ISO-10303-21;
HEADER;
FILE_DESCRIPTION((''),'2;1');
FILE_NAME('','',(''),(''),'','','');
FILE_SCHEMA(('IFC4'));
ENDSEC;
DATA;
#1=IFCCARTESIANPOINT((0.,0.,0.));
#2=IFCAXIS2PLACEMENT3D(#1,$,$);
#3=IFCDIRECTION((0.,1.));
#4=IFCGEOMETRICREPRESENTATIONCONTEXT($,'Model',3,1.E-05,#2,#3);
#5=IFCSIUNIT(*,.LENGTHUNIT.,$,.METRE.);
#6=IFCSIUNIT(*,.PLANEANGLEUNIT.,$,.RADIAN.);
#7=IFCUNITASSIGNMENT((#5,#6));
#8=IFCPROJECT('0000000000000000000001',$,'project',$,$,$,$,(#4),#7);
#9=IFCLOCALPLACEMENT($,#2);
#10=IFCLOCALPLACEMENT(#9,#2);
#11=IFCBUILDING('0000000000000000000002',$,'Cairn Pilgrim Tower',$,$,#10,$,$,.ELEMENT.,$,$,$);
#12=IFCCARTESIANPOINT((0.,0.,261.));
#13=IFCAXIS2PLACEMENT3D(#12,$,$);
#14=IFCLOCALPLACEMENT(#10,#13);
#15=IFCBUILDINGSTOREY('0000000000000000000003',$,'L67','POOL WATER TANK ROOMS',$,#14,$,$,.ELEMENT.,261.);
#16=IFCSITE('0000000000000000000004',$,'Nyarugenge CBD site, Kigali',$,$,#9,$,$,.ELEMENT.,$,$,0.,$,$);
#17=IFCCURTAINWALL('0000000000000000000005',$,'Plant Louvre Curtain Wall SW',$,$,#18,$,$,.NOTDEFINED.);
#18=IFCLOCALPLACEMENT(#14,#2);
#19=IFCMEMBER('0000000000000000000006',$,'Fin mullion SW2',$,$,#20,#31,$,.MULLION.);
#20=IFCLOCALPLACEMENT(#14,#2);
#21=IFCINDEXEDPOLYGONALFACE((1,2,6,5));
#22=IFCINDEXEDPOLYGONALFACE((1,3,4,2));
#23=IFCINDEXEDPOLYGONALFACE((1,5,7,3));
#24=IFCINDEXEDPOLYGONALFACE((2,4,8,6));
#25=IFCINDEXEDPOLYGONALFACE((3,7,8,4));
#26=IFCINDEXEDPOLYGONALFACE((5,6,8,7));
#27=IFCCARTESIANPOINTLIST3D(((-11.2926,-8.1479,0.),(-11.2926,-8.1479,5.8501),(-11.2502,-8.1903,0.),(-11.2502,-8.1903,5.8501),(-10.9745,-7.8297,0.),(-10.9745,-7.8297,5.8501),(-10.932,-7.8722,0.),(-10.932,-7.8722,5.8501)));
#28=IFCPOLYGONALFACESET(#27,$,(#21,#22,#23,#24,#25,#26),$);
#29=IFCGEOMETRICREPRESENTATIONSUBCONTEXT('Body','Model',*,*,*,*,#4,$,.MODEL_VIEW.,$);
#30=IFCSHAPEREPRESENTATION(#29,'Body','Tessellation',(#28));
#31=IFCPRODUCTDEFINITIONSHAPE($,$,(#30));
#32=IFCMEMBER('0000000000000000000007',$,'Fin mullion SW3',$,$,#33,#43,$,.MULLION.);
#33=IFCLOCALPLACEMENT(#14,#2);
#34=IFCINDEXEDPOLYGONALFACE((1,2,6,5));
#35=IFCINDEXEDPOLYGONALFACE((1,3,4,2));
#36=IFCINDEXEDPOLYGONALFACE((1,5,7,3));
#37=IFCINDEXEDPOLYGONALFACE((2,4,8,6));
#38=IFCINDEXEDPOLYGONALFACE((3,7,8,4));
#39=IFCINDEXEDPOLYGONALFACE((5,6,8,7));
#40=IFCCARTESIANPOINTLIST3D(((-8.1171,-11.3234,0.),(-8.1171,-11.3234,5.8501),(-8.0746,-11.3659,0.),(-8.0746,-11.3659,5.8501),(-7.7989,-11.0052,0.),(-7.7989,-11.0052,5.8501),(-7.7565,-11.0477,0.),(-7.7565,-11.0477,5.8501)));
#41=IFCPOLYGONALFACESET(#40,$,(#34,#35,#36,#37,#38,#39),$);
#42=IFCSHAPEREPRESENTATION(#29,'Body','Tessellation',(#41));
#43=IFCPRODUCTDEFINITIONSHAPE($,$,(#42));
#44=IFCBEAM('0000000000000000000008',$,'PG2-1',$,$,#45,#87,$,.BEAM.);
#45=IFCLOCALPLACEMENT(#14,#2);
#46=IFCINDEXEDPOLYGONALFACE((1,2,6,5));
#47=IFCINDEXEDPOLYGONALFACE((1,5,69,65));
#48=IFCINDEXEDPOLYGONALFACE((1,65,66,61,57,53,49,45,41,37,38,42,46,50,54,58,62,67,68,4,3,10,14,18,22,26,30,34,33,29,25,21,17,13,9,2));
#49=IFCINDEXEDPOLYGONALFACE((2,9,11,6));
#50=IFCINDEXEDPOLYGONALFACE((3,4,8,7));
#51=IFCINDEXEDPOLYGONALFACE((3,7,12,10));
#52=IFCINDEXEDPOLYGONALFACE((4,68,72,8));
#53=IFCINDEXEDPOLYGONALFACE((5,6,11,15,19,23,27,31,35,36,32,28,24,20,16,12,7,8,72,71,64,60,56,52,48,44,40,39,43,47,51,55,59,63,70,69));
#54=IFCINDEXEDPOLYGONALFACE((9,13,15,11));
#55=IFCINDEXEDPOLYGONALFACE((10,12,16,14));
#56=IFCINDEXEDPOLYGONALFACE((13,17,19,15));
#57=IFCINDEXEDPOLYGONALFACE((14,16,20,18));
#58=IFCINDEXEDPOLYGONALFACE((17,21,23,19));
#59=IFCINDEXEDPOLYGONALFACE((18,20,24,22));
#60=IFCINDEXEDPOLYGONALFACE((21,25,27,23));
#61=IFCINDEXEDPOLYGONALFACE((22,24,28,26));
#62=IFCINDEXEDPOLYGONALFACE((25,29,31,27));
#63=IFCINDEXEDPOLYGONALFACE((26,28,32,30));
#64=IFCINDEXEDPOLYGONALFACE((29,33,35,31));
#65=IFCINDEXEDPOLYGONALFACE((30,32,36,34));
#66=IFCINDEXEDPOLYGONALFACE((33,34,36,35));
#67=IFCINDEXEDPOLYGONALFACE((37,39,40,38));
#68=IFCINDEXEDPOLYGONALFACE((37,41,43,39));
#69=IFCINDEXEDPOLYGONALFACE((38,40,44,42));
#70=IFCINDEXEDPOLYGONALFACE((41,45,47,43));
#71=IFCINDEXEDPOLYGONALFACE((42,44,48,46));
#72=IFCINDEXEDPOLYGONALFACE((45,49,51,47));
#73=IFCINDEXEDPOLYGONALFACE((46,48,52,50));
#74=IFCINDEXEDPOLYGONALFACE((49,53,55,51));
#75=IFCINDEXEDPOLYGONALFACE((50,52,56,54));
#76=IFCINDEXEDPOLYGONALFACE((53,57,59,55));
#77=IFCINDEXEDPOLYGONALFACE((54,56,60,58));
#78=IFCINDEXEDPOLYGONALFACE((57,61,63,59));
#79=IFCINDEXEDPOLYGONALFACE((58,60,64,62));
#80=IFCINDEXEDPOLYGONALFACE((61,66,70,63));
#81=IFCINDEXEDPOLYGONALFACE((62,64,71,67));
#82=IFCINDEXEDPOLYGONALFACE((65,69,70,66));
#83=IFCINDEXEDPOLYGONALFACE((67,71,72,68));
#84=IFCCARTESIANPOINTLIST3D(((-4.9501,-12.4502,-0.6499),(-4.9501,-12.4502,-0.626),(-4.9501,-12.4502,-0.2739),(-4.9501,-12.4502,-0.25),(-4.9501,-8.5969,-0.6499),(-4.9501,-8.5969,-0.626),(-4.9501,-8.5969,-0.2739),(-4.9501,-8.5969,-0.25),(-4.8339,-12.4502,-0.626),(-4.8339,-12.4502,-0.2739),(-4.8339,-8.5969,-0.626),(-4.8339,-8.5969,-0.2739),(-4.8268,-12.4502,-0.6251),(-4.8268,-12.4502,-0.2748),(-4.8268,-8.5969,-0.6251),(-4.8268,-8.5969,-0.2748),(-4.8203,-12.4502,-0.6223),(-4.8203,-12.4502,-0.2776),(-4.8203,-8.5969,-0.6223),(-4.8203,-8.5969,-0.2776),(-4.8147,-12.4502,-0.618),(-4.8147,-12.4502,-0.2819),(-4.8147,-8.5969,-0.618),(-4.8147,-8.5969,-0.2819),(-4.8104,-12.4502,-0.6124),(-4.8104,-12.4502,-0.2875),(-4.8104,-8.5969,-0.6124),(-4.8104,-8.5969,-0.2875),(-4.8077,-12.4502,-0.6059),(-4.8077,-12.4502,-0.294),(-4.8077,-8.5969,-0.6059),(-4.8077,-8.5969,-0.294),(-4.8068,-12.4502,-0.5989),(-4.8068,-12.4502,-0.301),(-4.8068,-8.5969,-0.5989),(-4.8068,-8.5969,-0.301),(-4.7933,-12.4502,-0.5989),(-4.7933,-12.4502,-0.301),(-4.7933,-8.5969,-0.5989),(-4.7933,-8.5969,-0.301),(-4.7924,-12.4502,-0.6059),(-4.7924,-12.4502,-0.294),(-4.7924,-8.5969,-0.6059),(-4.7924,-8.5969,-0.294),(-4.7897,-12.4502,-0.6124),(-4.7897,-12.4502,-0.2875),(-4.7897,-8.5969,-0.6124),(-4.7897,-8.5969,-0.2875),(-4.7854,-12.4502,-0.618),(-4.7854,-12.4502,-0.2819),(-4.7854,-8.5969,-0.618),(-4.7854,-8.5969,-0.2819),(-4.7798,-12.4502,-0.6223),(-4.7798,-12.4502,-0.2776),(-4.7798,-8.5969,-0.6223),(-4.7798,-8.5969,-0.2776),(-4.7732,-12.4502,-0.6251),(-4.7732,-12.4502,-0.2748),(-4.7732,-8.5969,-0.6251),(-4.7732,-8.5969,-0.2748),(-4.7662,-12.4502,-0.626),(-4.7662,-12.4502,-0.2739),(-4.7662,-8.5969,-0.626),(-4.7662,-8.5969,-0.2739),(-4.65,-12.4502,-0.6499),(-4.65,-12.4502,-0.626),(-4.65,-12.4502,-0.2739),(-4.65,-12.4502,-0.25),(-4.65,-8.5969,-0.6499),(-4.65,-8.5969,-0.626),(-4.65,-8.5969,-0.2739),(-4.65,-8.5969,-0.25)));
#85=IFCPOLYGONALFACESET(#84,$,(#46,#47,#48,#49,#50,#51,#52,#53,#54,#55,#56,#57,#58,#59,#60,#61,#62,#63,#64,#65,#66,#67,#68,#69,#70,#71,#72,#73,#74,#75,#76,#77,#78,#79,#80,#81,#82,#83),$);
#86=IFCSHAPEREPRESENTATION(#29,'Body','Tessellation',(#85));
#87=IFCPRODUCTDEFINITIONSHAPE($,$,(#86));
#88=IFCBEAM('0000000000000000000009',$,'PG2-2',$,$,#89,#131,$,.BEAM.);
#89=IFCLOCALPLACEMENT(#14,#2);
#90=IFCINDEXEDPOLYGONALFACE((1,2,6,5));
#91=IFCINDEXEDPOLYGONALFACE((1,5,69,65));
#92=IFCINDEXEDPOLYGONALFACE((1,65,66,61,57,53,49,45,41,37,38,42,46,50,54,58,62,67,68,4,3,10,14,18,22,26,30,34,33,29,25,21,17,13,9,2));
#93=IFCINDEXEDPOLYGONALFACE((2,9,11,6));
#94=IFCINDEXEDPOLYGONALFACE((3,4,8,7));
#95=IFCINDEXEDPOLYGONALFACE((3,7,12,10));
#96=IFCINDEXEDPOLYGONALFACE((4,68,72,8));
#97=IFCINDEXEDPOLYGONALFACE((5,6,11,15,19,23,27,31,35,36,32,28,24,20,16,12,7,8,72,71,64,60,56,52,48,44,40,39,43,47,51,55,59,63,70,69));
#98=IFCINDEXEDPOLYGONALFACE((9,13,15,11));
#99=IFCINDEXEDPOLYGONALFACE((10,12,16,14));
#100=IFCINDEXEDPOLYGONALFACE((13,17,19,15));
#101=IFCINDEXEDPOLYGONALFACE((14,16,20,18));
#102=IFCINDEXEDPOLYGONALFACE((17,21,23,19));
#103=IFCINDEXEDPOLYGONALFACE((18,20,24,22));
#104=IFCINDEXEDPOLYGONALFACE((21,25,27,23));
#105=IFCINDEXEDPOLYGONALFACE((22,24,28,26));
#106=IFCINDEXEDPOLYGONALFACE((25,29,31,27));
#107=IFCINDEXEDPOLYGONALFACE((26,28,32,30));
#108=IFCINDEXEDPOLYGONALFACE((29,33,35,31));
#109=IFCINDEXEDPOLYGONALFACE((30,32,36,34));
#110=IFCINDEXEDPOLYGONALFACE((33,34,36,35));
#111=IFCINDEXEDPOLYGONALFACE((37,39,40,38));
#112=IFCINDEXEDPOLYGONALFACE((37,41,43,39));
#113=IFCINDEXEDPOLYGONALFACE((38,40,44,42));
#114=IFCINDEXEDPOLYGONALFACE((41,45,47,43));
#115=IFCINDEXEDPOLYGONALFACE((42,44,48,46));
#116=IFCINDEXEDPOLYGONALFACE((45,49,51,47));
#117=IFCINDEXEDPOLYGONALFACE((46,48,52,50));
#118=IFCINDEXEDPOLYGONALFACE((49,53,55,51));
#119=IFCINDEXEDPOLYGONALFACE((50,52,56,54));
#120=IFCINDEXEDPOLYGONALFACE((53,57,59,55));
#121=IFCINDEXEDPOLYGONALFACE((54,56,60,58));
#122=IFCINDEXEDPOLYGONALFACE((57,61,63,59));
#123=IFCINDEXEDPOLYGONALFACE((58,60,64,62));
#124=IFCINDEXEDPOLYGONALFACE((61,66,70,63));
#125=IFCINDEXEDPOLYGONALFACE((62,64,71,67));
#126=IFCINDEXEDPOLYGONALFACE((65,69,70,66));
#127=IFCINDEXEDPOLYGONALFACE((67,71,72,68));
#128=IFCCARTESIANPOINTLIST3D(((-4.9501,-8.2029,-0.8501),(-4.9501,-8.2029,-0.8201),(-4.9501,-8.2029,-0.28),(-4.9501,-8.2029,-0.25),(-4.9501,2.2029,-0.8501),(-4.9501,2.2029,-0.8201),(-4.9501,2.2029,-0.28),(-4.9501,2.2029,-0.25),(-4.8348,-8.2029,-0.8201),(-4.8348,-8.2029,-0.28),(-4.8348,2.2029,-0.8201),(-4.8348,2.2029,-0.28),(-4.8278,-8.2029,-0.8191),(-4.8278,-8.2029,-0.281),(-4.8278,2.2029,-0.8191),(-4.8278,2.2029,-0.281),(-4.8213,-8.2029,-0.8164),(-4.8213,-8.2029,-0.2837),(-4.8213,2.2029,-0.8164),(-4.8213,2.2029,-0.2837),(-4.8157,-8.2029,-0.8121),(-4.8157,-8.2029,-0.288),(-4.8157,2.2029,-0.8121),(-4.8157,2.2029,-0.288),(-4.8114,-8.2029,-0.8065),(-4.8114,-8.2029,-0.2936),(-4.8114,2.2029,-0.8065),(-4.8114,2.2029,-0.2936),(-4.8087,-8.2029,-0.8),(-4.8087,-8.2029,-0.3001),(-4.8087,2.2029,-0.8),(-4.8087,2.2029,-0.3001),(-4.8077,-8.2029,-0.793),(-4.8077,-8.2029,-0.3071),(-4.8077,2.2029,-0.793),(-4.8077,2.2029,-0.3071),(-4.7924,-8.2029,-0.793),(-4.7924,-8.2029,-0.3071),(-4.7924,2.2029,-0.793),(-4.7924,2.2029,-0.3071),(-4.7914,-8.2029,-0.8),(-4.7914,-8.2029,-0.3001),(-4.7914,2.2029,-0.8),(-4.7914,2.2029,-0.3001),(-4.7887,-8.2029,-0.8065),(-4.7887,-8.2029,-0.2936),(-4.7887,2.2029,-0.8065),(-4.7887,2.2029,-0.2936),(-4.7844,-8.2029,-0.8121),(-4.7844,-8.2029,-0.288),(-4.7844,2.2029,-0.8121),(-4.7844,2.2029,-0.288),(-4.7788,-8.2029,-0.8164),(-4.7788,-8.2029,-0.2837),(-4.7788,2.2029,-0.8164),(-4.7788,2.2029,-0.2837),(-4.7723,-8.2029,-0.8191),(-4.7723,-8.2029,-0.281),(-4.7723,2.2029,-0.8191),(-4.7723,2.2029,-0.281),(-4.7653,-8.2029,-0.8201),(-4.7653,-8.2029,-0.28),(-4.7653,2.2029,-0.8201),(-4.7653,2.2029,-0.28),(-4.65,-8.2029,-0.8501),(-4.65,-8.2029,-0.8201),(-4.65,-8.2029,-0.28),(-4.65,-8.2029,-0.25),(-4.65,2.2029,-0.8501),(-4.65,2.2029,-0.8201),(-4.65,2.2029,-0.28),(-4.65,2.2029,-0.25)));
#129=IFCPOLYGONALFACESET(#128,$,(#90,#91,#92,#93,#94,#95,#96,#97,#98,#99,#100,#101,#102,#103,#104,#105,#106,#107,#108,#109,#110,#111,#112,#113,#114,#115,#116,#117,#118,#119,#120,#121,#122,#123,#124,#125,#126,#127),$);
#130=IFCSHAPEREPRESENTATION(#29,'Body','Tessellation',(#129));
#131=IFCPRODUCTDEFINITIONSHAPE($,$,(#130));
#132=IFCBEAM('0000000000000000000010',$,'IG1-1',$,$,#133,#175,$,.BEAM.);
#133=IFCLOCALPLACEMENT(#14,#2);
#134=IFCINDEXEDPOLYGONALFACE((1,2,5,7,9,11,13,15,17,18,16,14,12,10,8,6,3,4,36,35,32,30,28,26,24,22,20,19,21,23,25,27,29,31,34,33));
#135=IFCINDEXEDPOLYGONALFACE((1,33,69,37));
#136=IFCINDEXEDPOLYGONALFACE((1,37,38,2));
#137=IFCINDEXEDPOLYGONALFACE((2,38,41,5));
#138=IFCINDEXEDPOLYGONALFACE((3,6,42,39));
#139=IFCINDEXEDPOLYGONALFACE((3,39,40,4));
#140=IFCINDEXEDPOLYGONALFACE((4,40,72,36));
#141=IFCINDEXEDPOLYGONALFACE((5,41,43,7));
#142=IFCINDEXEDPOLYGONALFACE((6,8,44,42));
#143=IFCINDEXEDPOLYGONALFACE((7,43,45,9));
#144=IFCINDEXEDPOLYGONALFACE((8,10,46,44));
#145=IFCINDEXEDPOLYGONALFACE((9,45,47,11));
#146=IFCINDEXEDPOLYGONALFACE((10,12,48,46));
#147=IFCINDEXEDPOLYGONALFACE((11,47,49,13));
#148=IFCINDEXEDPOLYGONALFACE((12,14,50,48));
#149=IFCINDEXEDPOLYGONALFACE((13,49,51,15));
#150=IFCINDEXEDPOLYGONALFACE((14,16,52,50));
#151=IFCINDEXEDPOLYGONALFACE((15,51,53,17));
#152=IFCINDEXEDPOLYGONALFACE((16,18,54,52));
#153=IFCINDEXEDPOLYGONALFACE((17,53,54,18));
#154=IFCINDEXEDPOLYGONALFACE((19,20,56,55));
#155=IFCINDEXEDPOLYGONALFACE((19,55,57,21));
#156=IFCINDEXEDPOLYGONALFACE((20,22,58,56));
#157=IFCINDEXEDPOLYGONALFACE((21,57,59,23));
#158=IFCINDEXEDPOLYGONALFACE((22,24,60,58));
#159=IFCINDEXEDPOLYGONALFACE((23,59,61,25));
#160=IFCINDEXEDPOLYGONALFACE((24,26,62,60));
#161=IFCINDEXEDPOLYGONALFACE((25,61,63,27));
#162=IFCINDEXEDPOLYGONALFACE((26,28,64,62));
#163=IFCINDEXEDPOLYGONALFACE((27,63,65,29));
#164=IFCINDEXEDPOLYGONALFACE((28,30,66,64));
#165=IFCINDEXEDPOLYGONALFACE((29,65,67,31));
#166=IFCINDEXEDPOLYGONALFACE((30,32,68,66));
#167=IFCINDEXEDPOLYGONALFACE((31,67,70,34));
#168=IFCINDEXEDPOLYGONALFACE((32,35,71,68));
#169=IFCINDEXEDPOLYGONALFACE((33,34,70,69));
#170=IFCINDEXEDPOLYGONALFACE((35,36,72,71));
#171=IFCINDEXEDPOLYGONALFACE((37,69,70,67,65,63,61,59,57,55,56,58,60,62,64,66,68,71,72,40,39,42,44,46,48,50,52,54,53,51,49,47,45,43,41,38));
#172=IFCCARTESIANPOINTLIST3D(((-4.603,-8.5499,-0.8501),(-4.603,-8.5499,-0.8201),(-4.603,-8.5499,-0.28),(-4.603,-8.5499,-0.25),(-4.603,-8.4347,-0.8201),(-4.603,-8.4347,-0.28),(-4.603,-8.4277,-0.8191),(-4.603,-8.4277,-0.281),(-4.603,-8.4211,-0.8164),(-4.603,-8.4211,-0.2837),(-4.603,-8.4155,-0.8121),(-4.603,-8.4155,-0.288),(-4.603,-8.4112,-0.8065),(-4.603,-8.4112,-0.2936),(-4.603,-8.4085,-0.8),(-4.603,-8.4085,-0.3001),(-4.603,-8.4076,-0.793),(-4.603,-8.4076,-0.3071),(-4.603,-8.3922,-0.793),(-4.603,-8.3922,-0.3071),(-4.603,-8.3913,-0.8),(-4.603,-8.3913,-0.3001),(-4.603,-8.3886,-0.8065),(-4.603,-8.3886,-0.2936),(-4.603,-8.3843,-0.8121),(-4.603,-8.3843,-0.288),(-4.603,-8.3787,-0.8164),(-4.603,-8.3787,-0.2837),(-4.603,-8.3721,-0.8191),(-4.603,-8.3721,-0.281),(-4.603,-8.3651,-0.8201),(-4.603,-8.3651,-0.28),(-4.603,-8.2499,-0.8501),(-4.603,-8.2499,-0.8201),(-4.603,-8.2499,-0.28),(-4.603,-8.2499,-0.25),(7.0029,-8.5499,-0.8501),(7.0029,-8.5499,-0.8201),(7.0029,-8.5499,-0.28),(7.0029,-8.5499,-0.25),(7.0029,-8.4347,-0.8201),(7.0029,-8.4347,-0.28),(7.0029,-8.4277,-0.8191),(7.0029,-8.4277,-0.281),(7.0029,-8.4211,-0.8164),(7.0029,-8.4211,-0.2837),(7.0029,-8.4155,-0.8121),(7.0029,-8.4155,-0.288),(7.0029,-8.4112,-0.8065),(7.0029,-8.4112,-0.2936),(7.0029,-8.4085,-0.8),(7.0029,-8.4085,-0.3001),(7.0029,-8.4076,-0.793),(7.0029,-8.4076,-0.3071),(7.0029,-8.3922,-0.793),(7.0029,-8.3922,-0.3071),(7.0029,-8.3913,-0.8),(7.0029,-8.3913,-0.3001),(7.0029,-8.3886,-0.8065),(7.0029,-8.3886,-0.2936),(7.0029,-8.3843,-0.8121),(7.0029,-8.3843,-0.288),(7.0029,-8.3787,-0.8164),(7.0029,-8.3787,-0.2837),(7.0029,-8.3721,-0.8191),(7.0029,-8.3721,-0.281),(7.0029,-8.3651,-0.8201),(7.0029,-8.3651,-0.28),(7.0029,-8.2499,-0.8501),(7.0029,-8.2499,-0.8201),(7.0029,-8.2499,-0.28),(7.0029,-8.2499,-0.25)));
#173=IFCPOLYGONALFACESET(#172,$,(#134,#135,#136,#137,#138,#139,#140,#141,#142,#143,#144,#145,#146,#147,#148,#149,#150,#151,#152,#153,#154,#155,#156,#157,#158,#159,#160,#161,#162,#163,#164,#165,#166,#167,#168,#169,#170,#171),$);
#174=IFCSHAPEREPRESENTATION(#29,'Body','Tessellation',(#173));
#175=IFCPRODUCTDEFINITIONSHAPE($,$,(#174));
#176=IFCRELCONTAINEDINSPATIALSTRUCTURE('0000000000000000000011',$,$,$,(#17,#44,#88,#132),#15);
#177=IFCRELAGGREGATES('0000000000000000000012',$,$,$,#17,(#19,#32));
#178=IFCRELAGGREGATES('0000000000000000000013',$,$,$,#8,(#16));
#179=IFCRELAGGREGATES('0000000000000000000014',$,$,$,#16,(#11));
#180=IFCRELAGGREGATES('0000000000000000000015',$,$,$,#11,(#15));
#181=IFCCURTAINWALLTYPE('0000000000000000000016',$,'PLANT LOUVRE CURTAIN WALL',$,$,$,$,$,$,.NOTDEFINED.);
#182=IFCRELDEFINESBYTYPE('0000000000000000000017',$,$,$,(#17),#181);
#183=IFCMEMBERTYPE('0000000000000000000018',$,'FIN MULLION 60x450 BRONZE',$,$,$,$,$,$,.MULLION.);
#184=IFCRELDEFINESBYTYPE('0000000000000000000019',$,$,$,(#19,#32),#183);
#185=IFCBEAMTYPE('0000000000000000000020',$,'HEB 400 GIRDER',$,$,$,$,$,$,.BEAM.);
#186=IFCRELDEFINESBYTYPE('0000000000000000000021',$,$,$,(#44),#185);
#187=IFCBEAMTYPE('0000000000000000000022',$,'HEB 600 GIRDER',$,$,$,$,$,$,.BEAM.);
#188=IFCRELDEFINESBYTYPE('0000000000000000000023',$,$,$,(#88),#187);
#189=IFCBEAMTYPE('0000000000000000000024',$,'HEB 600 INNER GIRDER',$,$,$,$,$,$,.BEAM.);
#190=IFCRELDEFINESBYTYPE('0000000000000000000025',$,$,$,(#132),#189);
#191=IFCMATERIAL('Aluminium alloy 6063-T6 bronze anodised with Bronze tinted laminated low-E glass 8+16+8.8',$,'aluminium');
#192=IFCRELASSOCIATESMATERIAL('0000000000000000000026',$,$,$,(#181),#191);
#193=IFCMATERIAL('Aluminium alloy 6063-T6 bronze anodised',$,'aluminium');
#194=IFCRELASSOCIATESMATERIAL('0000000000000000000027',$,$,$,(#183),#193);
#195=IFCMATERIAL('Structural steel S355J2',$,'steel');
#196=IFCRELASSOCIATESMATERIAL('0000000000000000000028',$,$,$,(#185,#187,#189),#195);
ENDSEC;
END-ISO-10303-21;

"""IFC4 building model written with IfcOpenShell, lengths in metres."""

from ifc_helpers import new_model, si_unit, direction, frame, origin, origin_2d, place, context, subcontext, project, spatial, rectangle, i_section, extrude, material, material_profile, profile_set, type_object, element, aggregate, save


model = new_model("IFC4")

# Units and contexts
model_context = context("Model", 3, precision=1e-05, world=origin(), true_north=direction((0.0, 1.0)))
body_context = subcontext(model_context, "Body", "Model", "MODEL_VIEW")
ifc_project = project(units=[si_unit("LENGTHUNIT", "METRE"), si_unit("PLANEANGLEUNIT", "RADIAN")], contexts=[model_context])

# Site, building, storey
site_placement = place(None, origin())
site = spatial("IfcSite", under=ifc_project, at=site_placement, Name="Nyarugenge CBD site, Kigali", CompositionType="ELEMENT", RefElevation=0.0)
building_placement = place(site_placement, origin())
building = spatial("IfcBuilding", under=site, at=building_placement, Name="Cairn Pilgrim Tower", CompositionType="ELEMENT")
storey_placement = place(building_placement, frame((0.0, 0.0, 261.0)))
storey = spatial("IfcBuildingStorey", under=building, at=storey_placement, Name="L67", Description="POOL WATER TANK ROOMS", CompositionType="ELEMENT", Elevation=261.0)

# Shared definitions
ifc_material_1 = material(Name="Structural steel S355J2", Category="steel")

# Curtain wall, members
ifc_material_2 = material(Name="Aluminium alloy 6063-T6 bronze anodised with Bronze tinted laminated low-E glass 8+16+8.8", Category="aluminium")
curtain_wall_type = type_object("IfcCurtainWallType", Name="PLANT LOUVRE CURTAIN WALL", PredefinedType="NOTDEFINED", material=ifc_material_2)
curtain_wall_placement = place(storey_placement, origin())
curtain_wall = element("IfcCurtainWall", 1, at=curtain_wall_placement, inside=storey, type_object=curtain_wall_type, Name="Plant Louvre Curtain Wall SW", PredefinedType="NOTDEFINED")
ifc_material_3 = material(Name="Aluminium alloy 6063-T6 bronze anodised", Category="aluminium")
ifc_material_profile_1 = material_profile(ifc_material_3, rectangle(XDim=0.45, YDim=0.0601, at=origin_2d()), Name="FIN MULLION 60x450 BRONZE")
ifc_profile_set_1 = profile_set([ifc_material_profile_1], Name="Aluminium alloy 6063-T6 bronze anodised")
member_type_1 = type_object("IfcMemberType", Name="FIN MULLION 60x450 BRONZE", PredefinedType="MULLION", material=ifc_profile_set_1)
member_1_placement = place(storey_placement, frame((-11.1123, -8.01, 0.0), z_axis=(0.0, 0.0, 1.0), x_axis=(-0.707107, -0.707107, 0.0)))
member_1 = element("IfcMember", 2, at=member_1_placement, type_object=member_type_1, Name="Fin mullion SW2", PredefinedType="MULLION", context=body_context, shape_type="SweptSolid", body=[
    extrude(rectangle(XDim=0.45, YDim=0.0601, at=origin_2d()), origin(), (0.0, 0.0, 1.0), 5.8501),
])
member_2_placement = place(storey_placement, frame((-7.9368, -11.1855, 0.0), z_axis=(0.0, 0.0, 1.0), x_axis=(-0.707107, -0.707107, 0.0)))
member_2 = element("IfcMember", 3, at=member_2_placement, type_object=member_type_1, Name="Fin mullion SW3", PredefinedType="MULLION", context=body_context, shape_type="SweptSolid", body=[
    extrude(rectangle(XDim=0.45, YDim=0.0601, at=origin_2d()), origin(), (0.0, 0.0, 1.0), 5.8501),
])

# Beams
ifc_material_profile_2 = material_profile(ifc_material_1, i_section(OverallWidth=0.3, OverallDepth=0.3999, WebThickness=0.0134, FlangeThickness=0.0239, FilletRadius=0.0271, at=origin_2d()), Name="HEB 400")
ifc_profile_set_2 = profile_set([ifc_material_profile_2], Name="Structural steel S355J2")
beam_type_1 = type_object("IfcBeamType", Name="HEB 400 GIRDER", PredefinedType="BEAM", material=ifc_profile_set_2)
beam_1_placement = place(storey_placement, frame((-4.8, -12.4502, -0.45), z_axis=(0.0, 1.0, 0.0), x_axis=(-1.0, 0.0, 0.0)))
element("IfcBeam", 4, at=beam_1_placement, inside=storey, type_object=beam_type_1, Name="PG2-1", PredefinedType="BEAM", context=body_context, shape_type="SweptSolid", body=[
    extrude(i_section(OverallWidth=0.3, OverallDepth=0.3999, WebThickness=0.0134, FlangeThickness=0.0239, FilletRadius=0.0271, at=origin_2d()), origin(), (0.0, 0.0, 1.0), 3.8533),
])
ifc_material_profile_3 = material_profile(ifc_material_1, i_section(OverallWidth=0.3, OverallDepth=0.6001, WebThickness=0.0154, FlangeThickness=0.03, FilletRadius=0.0271, at=origin_2d()), Name="HEB 600")
ifc_profile_set_3 = profile_set([ifc_material_profile_3], Name="Structural steel S355J2")
beam_type_2 = type_object("IfcBeamType", Name="HEB 600 GIRDER", PredefinedType="BEAM", material=ifc_profile_set_3)
beam_2_placement = place(storey_placement, frame((-4.8, -8.2029, -0.55), z_axis=(0.0, 1.0, 0.0), x_axis=(-1.0, 0.0, 0.0)))
element("IfcBeam", 5, at=beam_2_placement, inside=storey, type_object=beam_type_2, Name="PG2-2", PredefinedType="BEAM", context=body_context, shape_type="SweptSolid", body=[
    extrude(i_section(OverallWidth=0.3, OverallDepth=0.6001, WebThickness=0.0154, FlangeThickness=0.03, FilletRadius=0.0271, at=origin_2d()), origin(), (0.0, 0.0, 1.0), 10.4058),
])
ifc_material_profile_4 = material_profile(ifc_material_1, i_section(OverallWidth=0.3, OverallDepth=0.6001, WebThickness=0.0154, FlangeThickness=0.03, FilletRadius=0.0271, at=origin_2d()), Name="HEB 600")
ifc_profile_set_4 = profile_set([ifc_material_profile_4], Name="Structural steel S355J2")
beam_type_3 = type_object("IfcBeamType", Name="HEB 600 INNER GIRDER", PredefinedType="BEAM", material=ifc_profile_set_4)
beam_3_placement = place(storey_placement, frame((-4.603, -8.3999, -0.55), z_axis=(1.0, 0.0, 0.0), x_axis=(0.0, 1.0, 0.0)))
element("IfcBeam", 6, at=beam_3_placement, inside=storey, type_object=beam_type_3, Name="IG1-1", PredefinedType="BEAM", context=body_context, shape_type="SweptSolid", body=[
    extrude(i_section(OverallWidth=0.3, OverallDepth=0.6001, WebThickness=0.0154, FlangeThickness=0.03, FilletRadius=0.0271, at=origin_2d()), origin(), (0.0, 0.0, 1.0), 11.606),
])

aggregate(curtain_wall, [member_1, member_2])

save(model, "model.ifc")
